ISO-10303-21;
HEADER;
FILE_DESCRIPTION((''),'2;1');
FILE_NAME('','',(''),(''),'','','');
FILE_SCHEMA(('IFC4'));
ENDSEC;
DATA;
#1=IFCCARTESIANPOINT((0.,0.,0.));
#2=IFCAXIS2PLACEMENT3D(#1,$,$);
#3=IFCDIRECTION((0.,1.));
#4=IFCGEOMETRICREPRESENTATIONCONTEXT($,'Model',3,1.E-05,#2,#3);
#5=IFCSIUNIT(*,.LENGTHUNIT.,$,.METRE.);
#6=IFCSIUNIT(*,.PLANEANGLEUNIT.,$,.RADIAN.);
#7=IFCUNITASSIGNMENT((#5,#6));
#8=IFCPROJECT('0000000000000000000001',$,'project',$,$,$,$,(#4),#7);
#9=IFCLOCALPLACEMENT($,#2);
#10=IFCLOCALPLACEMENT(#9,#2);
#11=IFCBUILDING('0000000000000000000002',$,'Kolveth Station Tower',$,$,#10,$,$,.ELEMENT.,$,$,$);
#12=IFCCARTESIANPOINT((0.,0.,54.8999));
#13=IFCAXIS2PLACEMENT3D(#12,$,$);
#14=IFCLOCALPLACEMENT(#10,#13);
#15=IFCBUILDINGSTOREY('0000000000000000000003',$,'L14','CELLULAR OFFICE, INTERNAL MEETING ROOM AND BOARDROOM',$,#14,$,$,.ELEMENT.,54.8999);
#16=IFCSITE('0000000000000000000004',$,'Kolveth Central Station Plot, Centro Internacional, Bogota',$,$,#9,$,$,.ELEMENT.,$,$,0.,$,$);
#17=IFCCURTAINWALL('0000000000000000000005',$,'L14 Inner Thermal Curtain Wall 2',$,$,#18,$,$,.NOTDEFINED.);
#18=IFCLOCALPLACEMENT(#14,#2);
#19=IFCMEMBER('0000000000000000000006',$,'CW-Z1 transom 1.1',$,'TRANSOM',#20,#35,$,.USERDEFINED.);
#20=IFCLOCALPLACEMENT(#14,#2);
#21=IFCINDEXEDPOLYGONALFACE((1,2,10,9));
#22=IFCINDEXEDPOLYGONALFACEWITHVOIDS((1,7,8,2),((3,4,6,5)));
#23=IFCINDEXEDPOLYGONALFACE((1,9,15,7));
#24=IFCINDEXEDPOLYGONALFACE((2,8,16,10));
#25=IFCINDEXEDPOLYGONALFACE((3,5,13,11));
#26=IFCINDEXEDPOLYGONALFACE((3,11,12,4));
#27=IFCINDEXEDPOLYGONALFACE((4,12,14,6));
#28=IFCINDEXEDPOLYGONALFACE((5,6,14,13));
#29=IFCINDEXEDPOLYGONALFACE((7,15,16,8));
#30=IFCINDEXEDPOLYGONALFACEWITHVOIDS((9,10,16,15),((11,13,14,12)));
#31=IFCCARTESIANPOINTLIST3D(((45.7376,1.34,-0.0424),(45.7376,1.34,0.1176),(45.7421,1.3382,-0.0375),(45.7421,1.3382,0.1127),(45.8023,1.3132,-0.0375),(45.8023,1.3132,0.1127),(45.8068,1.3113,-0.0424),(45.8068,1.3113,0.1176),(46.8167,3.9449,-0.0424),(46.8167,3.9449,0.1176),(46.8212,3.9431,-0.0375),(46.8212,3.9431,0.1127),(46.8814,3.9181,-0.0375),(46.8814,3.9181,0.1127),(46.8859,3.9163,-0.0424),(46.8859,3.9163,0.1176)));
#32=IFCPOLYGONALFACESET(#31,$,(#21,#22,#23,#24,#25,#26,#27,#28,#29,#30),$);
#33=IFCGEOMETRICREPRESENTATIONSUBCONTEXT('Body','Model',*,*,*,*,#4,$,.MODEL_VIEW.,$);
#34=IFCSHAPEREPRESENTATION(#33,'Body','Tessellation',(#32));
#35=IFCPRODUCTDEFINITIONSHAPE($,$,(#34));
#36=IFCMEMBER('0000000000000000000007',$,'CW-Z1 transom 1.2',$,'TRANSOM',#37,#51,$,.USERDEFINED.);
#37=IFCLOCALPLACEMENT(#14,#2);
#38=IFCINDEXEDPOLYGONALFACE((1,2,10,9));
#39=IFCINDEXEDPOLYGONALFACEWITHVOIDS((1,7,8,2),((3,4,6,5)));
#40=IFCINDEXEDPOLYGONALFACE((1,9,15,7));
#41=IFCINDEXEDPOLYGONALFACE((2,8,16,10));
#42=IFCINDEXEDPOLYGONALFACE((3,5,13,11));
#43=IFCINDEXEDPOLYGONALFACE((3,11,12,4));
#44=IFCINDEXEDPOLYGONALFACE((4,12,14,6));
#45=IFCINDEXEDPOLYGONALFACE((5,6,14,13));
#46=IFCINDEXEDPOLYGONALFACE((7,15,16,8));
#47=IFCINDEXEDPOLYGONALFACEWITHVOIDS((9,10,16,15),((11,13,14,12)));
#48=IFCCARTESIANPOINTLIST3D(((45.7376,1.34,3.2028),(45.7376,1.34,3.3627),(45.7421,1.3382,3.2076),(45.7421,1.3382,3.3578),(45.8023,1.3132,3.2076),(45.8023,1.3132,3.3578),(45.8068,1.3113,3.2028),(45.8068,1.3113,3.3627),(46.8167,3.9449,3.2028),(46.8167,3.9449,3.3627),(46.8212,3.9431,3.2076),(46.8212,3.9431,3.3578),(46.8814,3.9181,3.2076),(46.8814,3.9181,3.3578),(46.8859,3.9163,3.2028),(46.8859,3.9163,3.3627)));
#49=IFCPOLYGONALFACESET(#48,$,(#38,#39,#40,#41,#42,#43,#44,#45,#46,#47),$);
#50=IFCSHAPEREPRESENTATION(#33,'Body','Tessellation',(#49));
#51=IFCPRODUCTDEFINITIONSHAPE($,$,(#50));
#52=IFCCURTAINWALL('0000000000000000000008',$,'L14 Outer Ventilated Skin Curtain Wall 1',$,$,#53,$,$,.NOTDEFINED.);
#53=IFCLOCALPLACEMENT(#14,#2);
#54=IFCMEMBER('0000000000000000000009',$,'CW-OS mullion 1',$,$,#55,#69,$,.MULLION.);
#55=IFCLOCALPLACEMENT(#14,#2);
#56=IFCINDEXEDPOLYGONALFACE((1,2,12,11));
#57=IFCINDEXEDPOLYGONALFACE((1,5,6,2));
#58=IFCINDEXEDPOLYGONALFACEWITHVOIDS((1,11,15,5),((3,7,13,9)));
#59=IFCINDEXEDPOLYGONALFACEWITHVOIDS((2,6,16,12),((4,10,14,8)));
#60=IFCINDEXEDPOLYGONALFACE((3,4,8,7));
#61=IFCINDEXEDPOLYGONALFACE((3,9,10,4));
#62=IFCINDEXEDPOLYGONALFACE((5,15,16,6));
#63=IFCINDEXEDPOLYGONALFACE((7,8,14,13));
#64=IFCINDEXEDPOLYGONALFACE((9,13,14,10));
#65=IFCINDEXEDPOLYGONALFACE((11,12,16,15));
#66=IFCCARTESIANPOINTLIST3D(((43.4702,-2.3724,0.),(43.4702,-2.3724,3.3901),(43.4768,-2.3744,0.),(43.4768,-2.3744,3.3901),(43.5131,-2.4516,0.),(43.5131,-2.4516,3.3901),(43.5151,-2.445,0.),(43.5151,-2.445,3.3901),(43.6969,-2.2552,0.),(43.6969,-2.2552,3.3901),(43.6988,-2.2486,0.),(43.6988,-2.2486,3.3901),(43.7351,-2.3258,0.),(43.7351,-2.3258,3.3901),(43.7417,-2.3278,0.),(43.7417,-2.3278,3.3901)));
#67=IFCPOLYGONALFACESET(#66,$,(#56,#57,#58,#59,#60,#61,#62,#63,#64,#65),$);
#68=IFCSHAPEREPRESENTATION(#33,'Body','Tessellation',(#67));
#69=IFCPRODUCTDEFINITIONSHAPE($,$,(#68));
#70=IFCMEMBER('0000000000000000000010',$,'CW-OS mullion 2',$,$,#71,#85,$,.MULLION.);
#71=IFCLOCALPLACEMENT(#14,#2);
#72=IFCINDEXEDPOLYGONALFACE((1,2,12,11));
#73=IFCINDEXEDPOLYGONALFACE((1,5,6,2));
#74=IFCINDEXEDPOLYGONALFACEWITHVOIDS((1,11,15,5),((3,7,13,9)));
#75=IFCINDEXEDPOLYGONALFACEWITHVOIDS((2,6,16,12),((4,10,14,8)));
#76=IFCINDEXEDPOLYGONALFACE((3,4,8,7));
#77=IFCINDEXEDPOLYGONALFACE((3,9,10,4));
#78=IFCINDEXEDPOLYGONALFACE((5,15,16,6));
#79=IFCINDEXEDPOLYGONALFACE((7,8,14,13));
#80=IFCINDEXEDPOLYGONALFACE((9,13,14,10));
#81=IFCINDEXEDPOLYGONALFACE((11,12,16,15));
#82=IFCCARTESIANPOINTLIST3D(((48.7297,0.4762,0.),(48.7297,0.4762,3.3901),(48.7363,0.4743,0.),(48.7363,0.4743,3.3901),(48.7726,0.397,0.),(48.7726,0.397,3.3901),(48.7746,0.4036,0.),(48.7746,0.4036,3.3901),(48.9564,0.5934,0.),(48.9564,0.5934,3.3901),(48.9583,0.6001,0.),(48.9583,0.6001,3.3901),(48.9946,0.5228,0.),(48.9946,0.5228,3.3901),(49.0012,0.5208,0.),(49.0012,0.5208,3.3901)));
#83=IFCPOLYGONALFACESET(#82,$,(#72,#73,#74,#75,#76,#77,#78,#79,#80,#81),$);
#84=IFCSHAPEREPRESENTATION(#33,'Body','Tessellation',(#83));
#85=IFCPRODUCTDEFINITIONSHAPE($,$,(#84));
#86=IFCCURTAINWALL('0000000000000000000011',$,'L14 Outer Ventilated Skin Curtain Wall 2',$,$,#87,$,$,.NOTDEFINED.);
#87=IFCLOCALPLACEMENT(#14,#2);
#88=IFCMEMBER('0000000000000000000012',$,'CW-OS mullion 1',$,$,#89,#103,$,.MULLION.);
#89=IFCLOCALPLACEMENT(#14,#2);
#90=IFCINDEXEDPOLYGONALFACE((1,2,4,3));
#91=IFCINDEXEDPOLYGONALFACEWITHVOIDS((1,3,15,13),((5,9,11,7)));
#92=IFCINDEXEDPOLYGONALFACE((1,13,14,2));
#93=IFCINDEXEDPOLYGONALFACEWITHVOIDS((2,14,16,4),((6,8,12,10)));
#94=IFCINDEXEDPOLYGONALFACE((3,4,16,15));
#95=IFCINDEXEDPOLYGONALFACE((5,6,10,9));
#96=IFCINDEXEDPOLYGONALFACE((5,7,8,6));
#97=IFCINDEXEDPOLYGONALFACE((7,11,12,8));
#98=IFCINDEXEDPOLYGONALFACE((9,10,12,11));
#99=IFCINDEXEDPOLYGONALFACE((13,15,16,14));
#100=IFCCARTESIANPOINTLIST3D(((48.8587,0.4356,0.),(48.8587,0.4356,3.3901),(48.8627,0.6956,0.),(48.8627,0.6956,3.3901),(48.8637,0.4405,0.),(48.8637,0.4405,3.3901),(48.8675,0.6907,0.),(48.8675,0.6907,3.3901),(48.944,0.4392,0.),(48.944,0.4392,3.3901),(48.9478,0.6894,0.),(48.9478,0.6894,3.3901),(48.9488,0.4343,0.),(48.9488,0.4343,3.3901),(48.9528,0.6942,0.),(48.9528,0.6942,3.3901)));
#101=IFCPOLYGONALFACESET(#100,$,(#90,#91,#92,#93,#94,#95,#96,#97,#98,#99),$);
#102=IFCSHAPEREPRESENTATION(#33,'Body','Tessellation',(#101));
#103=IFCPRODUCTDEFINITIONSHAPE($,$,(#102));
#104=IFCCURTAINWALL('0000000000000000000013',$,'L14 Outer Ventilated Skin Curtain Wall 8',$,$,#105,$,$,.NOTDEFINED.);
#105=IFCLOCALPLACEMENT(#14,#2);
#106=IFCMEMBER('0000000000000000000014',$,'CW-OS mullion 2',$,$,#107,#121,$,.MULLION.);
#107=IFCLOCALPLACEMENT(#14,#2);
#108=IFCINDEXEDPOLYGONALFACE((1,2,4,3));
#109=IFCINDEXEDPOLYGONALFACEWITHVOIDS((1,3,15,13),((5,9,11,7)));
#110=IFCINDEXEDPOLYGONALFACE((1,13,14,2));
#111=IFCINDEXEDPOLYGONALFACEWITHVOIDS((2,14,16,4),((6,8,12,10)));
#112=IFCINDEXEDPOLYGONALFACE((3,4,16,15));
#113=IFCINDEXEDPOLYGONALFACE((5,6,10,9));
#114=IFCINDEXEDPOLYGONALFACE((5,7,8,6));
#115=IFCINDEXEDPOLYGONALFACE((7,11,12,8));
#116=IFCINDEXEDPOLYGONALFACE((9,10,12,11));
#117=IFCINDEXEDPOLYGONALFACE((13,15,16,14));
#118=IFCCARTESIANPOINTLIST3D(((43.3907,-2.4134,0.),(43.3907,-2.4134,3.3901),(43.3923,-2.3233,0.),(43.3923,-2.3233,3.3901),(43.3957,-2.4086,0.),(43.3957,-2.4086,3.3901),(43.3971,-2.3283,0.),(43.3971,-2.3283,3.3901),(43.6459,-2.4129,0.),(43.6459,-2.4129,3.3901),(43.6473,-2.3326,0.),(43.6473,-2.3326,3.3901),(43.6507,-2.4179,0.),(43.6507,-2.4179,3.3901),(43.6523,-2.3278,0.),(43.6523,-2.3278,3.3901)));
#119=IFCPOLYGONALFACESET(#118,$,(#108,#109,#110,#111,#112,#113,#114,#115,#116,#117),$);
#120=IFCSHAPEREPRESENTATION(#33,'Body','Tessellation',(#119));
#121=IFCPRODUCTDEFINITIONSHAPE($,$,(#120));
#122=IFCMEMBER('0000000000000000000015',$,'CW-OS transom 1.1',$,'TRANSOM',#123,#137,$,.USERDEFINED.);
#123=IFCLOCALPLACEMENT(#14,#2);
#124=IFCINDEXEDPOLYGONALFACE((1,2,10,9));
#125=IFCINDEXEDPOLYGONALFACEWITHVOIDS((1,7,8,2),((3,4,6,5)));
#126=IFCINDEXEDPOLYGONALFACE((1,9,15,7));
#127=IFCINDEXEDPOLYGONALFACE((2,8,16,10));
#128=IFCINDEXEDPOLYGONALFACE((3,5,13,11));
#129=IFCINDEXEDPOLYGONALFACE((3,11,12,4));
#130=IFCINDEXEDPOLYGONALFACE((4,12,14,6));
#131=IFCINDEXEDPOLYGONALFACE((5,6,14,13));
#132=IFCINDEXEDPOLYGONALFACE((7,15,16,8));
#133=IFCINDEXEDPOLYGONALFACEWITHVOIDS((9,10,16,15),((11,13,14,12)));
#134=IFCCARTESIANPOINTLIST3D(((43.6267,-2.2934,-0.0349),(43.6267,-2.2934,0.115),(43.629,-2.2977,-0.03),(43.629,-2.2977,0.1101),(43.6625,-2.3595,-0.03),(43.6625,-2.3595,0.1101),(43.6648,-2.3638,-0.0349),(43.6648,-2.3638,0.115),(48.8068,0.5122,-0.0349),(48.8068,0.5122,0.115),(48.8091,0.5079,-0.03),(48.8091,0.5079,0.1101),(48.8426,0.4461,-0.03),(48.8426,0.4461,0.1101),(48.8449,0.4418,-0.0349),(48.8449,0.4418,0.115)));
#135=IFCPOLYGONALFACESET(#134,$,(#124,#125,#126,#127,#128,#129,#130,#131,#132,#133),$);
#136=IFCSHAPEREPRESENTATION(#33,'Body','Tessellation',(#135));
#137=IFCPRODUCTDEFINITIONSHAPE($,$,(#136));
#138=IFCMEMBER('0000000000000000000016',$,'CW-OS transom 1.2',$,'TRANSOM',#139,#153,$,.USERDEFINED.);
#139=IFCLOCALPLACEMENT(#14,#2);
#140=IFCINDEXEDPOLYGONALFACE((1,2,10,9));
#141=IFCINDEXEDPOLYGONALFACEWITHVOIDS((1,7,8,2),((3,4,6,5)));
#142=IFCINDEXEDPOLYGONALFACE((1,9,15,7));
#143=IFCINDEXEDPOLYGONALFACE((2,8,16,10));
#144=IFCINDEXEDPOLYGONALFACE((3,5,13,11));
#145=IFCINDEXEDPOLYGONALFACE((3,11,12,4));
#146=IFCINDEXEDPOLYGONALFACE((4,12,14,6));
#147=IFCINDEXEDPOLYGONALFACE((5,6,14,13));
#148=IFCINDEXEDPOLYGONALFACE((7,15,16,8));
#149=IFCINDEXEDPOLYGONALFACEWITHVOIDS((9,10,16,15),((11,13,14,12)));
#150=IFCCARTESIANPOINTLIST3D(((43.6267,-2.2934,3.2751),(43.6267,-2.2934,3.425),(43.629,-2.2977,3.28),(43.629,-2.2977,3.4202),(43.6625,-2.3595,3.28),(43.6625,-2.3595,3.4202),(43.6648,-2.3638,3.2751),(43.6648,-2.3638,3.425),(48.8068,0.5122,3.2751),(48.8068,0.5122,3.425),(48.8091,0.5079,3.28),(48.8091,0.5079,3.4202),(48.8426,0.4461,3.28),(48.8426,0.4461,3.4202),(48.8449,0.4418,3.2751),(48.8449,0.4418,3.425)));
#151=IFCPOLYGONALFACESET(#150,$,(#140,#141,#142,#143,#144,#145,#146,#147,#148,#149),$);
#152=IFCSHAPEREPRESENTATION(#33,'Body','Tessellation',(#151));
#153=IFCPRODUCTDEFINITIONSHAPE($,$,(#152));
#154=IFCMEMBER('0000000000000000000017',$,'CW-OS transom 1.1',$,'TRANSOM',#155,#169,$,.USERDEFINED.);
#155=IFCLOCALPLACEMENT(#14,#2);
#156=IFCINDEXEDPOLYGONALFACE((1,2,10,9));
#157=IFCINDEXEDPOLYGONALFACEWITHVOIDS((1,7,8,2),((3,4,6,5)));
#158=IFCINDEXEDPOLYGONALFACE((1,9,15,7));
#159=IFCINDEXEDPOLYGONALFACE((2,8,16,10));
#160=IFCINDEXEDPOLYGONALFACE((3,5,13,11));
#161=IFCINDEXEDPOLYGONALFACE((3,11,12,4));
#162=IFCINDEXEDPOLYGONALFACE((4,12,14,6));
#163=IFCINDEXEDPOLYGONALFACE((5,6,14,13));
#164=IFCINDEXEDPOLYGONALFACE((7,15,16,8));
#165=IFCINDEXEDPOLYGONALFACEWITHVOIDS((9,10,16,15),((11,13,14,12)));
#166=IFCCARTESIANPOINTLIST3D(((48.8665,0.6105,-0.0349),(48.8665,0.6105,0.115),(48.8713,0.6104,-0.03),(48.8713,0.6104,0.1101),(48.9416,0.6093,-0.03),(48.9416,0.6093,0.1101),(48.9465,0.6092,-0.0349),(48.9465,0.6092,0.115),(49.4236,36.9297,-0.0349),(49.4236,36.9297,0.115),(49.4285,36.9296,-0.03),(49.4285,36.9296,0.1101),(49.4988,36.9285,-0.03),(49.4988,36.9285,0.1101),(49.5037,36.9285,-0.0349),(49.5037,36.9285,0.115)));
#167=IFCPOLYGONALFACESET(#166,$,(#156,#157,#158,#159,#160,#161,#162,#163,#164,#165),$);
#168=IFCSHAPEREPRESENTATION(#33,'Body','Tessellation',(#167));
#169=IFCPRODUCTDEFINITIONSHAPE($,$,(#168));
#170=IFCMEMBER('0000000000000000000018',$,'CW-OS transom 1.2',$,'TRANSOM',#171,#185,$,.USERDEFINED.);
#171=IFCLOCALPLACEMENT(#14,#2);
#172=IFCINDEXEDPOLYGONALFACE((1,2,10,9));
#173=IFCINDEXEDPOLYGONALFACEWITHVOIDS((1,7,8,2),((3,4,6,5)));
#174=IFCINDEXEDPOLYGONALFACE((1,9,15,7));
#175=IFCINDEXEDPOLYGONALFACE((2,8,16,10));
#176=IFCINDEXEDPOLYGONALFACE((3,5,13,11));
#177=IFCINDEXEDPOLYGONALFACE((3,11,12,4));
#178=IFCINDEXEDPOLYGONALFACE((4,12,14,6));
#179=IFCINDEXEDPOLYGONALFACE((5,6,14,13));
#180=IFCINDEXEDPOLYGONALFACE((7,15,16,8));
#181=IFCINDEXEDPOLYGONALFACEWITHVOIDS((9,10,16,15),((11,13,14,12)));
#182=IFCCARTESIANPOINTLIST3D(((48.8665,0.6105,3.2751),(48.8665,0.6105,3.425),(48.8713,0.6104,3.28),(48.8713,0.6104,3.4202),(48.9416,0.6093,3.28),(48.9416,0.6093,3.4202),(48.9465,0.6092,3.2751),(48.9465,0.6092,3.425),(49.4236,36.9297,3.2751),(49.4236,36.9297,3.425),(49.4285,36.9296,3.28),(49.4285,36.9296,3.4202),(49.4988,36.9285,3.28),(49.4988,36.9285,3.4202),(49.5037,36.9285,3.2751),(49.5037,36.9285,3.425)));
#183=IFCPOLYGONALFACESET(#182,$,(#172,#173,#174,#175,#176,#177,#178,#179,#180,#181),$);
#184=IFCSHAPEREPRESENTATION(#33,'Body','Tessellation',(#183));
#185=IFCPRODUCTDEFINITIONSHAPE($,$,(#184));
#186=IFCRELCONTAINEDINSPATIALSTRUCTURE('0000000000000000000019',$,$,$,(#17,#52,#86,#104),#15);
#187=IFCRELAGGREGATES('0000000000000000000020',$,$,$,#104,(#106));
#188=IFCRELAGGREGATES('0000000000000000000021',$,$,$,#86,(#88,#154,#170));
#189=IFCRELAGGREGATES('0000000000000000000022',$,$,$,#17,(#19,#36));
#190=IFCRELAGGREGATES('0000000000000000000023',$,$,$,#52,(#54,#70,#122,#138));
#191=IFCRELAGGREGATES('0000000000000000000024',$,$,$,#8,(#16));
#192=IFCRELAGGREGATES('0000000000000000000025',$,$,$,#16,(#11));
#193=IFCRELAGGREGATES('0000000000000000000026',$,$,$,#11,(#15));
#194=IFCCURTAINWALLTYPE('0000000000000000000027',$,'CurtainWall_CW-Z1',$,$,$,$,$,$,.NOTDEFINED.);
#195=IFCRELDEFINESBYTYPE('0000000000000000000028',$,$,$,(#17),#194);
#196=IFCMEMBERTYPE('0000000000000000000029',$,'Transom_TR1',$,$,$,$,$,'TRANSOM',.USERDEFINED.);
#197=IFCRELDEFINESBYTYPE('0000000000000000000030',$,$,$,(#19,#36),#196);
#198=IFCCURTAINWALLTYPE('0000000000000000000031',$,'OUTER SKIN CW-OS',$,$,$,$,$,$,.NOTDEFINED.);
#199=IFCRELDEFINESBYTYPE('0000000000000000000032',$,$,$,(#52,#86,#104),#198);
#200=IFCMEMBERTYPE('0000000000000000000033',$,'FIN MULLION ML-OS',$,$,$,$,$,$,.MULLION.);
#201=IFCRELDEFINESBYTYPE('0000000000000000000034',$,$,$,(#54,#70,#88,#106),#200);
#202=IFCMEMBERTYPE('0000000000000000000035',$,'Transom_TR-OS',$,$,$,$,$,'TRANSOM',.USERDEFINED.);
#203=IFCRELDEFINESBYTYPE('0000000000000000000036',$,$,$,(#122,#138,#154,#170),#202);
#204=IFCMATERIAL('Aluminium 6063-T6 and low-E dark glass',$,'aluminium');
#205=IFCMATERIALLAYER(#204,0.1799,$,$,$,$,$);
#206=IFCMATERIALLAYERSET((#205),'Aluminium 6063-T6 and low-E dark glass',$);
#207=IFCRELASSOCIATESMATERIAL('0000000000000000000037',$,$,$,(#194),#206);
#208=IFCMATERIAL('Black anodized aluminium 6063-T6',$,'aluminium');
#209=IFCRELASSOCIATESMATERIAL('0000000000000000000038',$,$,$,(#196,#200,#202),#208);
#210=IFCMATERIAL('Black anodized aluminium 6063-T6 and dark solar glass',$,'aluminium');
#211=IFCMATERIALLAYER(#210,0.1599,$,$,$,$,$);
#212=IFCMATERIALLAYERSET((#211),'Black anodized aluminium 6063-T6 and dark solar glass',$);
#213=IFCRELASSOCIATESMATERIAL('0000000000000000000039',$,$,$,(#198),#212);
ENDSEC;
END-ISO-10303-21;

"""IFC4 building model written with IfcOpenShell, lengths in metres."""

from ifc_helpers import new_model, si_unit, direction, frame, origin, origin_2d, place, context, subcontext, project, spatial, hollow_rectangle, extrude, source, transform, mapped, material, layer, layer_set, material_profile, profile_set, type_object, element, aggregate, save


model = new_model("IFC4")

# Units and contexts
model_context = context("Model", 3, precision=1e-05, world=origin(), true_north=direction((0.0, 1.0)))
body_context = subcontext(model_context, "Body", "Model", "MODEL_VIEW")
ifc_project = project(units=[si_unit("LENGTHUNIT", "METRE"), si_unit("PLANEANGLEUNIT", "RADIAN")], contexts=[model_context])

# Site, building, storey
site_placement = place(None, origin())
site = spatial("IfcSite", under=ifc_project, at=site_placement, Name="Kolveth Central Station Plot, Centro Internacional, Bogota", CompositionType="ELEMENT", RefElevation=0.0)
building_placement = place(site_placement, origin())
building = spatial("IfcBuilding", under=site, at=building_placement, Name="Kolveth Station Tower", CompositionType="ELEMENT")
storey_placement = place(building_placement, frame((0.0, 0.0, 54.8999)))
storey = spatial("IfcBuildingStorey", under=building, at=storey_placement, Name="L14", Description="CELLULAR OFFICE, INTERNAL MEETING ROOM AND BOARDROOM", CompositionType="ELEMENT", Elevation=54.8999)

# Curtain wall
ifc_material_1 = material(Name="Aluminium 6063-T6 and low-E dark glass", Category="aluminium")
ifc_layer_1 = layer(ifc_material_1, 0.1799)
ifc_layer_set_1 = layer_set([ifc_layer_1], Name="Aluminium 6063-T6 and low-E dark glass")
curtain_wall_type_1 = type_object("IfcCurtainWallType", Name="CurtainWall_CW-Z1", PredefinedType="NOTDEFINED", material=ifc_layer_set_1)
ifc_material_2 = material(Name="Black anodized aluminium 6063-T6", Category="aluminium")
curtain_wall_1_placement = place(storey_placement, origin())
curtain_wall_1 = element("IfcCurtainWall", 1, at=curtain_wall_1_placement, inside=storey, type_object=curtain_wall_type_1, Name="L14 Inner Thermal Curtain Wall 2", PredefinedType="NOTDEFINED")

# Members
ifc_material_profile_1 = material_profile(ifc_material_2, hollow_rectangle(XDim=0.075, YDim=0.1599, WallThickness=0.0049, at=origin_2d()), Name="ALU-75x160x5")
ifc_profile_set_1 = profile_set([ifc_material_profile_1], Name="Black anodized aluminium 6063-T6")
member_type_1 = type_object("IfcMemberType", Name="Transom_TR1", ElementType="TRANSOM", PredefinedType="USERDEFINED", material=ifc_profile_set_1)
shared_shape_1 = source(origin(), body_context, "Body", "SweptSolid", [
    extrude(hollow_rectangle(XDim=0.075, YDim=0.1599, WallThickness=0.0049, at=origin_2d()), origin(), (0.0, 0.0, 1.0), 2.8196),
])
member_1_placement = place(storey_placement, frame((45.7722, 1.3257, 0.0376), z_axis=(0.382709, 0.923869, 0.0), x_axis=(-0.923869, 0.382709, 0.0)))
member_1 = element("IfcMember", 2, at=member_1_placement, type_object=member_type_1, Name="CW-Z1 transom 1.1", ObjectType="TRANSOM", PredefinedType="USERDEFINED", context=body_context, shape_type="MappedRepresentation", body=[
    mapped(shared_shape_1, transform((0.0, 0.0, 0.0), x_axis=(1.0, 0.0, 0.0), y_axis=(0.0, 1.0, 0.0), z_axis=(0.0, 0.0, 1.0), scale=1.0)),
])
member_2_placement = place(storey_placement, frame((45.7722, 1.3257, 3.2827), z_axis=(0.382709, 0.923869, 0.0), x_axis=(-0.923869, 0.382709, 0.0)))
member_2 = element("IfcMember", 3, at=member_2_placement, type_object=member_type_1, Name="CW-Z1 transom 1.2", ObjectType="TRANSOM", PredefinedType="USERDEFINED", context=body_context, shape_type="MappedRepresentation", body=[
    mapped(shared_shape_1, transform((0.0, 0.0, 0.0), x_axis=(1.0, 0.0, 0.0), y_axis=(0.0, 1.0, 0.0), z_axis=(0.0, 0.0, 1.0), scale=1.0)),
])

# Curtain wall, members
ifc_material_3 = material(Name="Black anodized aluminium 6063-T6 and dark solar glass", Category="aluminium")
ifc_layer_2 = layer(ifc_material_3, 0.1599)
ifc_layer_set_2 = layer_set([ifc_layer_2], Name="Black anodized aluminium 6063-T6 and dark solar glass")
curtain_wall_type_2 = type_object("IfcCurtainWallType", Name="OUTER SKIN CW-OS", PredefinedType="NOTDEFINED", material=ifc_layer_set_2)
curtain_wall_2_placement = place(storey_placement, origin())
curtain_wall_2 = element("IfcCurtainWall", 4, at=curtain_wall_2_placement, inside=storey, type_object=curtain_wall_type_2, Name="L14 Outer Ventilated Skin Curtain Wall 1", PredefinedType="NOTDEFINED")
ifc_material_profile_2 = material_profile(ifc_material_2, hollow_rectangle(XDim=0.0901, YDim=0.26, WallThickness=0.0049, at=origin_2d()), Name="ALU-90x260x5")
ifc_profile_set_2 = profile_set([ifc_material_profile_2], Name="Black anodized aluminium 6063-T6")
member_type_2 = type_object("IfcMemberType", Name="FIN MULLION ML-OS", PredefinedType="MULLION", material=ifc_profile_set_2)
shared_shape_2 = source(origin(), body_context, "Body", "SweptSolid", [
    extrude(hollow_rectangle(XDim=0.0901, YDim=0.26, WallThickness=0.0049, at=origin_2d()), origin(), (0.0, 0.0, 1.0), 3.3901),
])
member_3_placement = place(storey_placement, frame((43.606, -2.3501, 0.0), z_axis=(0.0, 0.0, 1.0), x_axis=(-0.47624, 0.879316, 0.0)))
member_3 = element("IfcMember", 5, at=member_3_placement, type_object=member_type_2, Name="CW-OS mullion 1", PredefinedType="MULLION", context=body_context, shape_type="MappedRepresentation", body=[
    mapped(shared_shape_2, transform((0.0, 0.0, 0.0), x_axis=(1.0, 0.0, 0.0), y_axis=(0.0, 1.0, 0.0), z_axis=(0.0, 0.0, 1.0), scale=1.0)),
])
member_4_placement = place(storey_placement, frame((48.8655, 0.4985, 0.0), z_axis=(0.0, 0.0, 1.0), x_axis=(-0.47624, 0.879316, 0.0)))
member_4 = element("IfcMember", 6, at=member_4_placement, type_object=member_type_2, Name="CW-OS mullion 2", PredefinedType="MULLION", context=body_context, shape_type="MappedRepresentation", body=[
    mapped(shared_shape_2, transform((0.0, 0.0, 0.0), x_axis=(1.0, 0.0, 0.0), y_axis=(0.0, 1.0, 0.0), z_axis=(0.0, 0.0, 1.0), scale=1.0)),
])

# Curtain walls, members
curtain_wall_3_placement = place(storey_placement, origin())
curtain_wall_3 = element("IfcCurtainWall", 7, at=curtain_wall_3_placement, inside=storey, type_object=curtain_wall_type_2, Name="L14 Outer Ventilated Skin Curtain Wall 2", PredefinedType="NOTDEFINED")
member_5_placement = place(storey_placement, frame((48.9058, 0.5649, 0.0), z_axis=(0.0, 0.0, 1.0), x_axis=(-0.999882, 0.015341, 0.0)))
member_5 = element("IfcMember", 8, at=member_5_placement, type_object=member_type_2, Name="CW-OS mullion 1", PredefinedType="MULLION", context=body_context, shape_type="MappedRepresentation", body=[
    mapped(shared_shape_2, transform((0.0, 0.0, 0.0), x_axis=(1.0, 0.0, 0.0), y_axis=(0.0, 1.0, 0.0), z_axis=(0.0, 0.0, 1.0), scale=1.0)),
])
curtain_wall_4_placement = place(storey_placement, origin())
curtain_wall_4 = element("IfcCurtainWall", 9, at=curtain_wall_4_placement, inside=storey, type_object=curtain_wall_type_2, Name="L14 Outer Ventilated Skin Curtain Wall 8", PredefinedType="NOTDEFINED")
member_6_placement = place(storey_placement, frame((43.5215, -2.3706, 0.0), z_axis=(0.0, 0.0, 1.0), x_axis=(0.017339, 0.99985, 0.0)))
member_6 = element("IfcMember", 10, at=member_6_placement, type_object=member_type_2, Name="CW-OS mullion 2", PredefinedType="MULLION", context=body_context, shape_type="MappedRepresentation", body=[
    mapped(shared_shape_2, transform((0.0, 0.0, 0.0), x_axis=(1.0, 0.0, 0.0), y_axis=(0.0, 1.0, 0.0), z_axis=(0.0, 0.0, 1.0), scale=1.0)),
])
aggregate(curtain_wall_4, [member_6])

# Members
ifc_material_profile_3 = material_profile(ifc_material_2, hollow_rectangle(XDim=0.0801, YDim=0.1499, WallThickness=0.0049, at=origin_2d()), Name="ALU-80x150x5")
ifc_profile_set_3 = profile_set([ifc_material_profile_3], Name="Black anodized aluminium 6063-T6")
member_type_3 = type_object("IfcMemberType", Name="Transom_TR-OS", ElementType="TRANSOM", PredefinedType="USERDEFINED", material=ifc_profile_set_3)
shared_shape_3 = source(origin(), body_context, "Body", "SweptSolid", [
    extrude(hollow_rectangle(XDim=0.0801, YDim=0.1499, WallThickness=0.0049, at=origin_2d()), origin(), (0.0, 0.0, 1.0), 5.8911),
])
member_7_placement = place(storey_placement, frame((43.6458, -2.3286, 0.04), z_axis=(0.879311, 0.476248, 0.0), x_axis=(-0.476248, 0.879311, 0.0)))
member_7 = element("IfcMember", 11, at=member_7_placement, type_object=member_type_3, Name="CW-OS transom 1.1", ObjectType="TRANSOM", PredefinedType="USERDEFINED", context=body_context, shape_type="MappedRepresentation", body=[
    mapped(shared_shape_3, transform((0.0, 0.0, 0.0), x_axis=(1.0, 0.0, 0.0), y_axis=(0.0, 1.0, 0.0), z_axis=(0.0, 0.0, 1.0), scale=1.0)),
])
member_8_placement = place(storey_placement, frame((43.6458, -2.3286, 3.3501), z_axis=(0.879311, 0.476248, 0.0), x_axis=(-0.476248, 0.879311, 0.0)))
member_8 = element("IfcMember", 12, at=member_8_placement, type_object=member_type_3, Name="CW-OS transom 1.2", ObjectType="TRANSOM", PredefinedType="USERDEFINED", context=body_context, shape_type="MappedRepresentation", body=[
    mapped(shared_shape_3, transform((0.0, 0.0, 0.0), x_axis=(1.0, 0.0, 0.0), y_axis=(0.0, 1.0, 0.0), z_axis=(0.0, 0.0, 1.0), scale=1.0)),
])
shared_shape_4 = source(origin(), body_context, "Body", "SweptSolid", [
    extrude(hollow_rectangle(XDim=0.0801, YDim=0.1499, WallThickness=0.0049, at=origin_2d()), origin(), (0.0, 0.0, 1.0), 36.3235),
])
member_9_placement = place(storey_placement, frame((48.9065, 0.6099, 0.04), z_axis=(0.015338, 0.999882, 0.0), x_axis=(-0.999882, 0.015338, 0.0)))
member_9 = element("IfcMember", 13, at=member_9_placement, type_object=member_type_3, Name="CW-OS transom 1.1", ObjectType="TRANSOM", PredefinedType="USERDEFINED", context=body_context, shape_type="MappedRepresentation", body=[
    mapped(shared_shape_4, transform((0.0, 0.0, 0.0), x_axis=(1.0, 0.0, 0.0), y_axis=(0.0, 1.0, 0.0), z_axis=(0.0, 0.0, 1.0), scale=1.0)),
])
member_10_placement = place(storey_placement, frame((48.9065, 0.6099, 3.3501), z_axis=(0.015338, 0.999882, 0.0), x_axis=(-0.999882, 0.015338, 0.0)))
member_10 = element("IfcMember", 14, at=member_10_placement, type_object=member_type_3, Name="CW-OS transom 1.2", ObjectType="TRANSOM", PredefinedType="USERDEFINED", context=body_context, shape_type="MappedRepresentation", body=[
    mapped(shared_shape_4, transform((0.0, 0.0, 0.0), x_axis=(1.0, 0.0, 0.0), y_axis=(0.0, 1.0, 0.0), z_axis=(0.0, 0.0, 1.0), scale=1.0)),
])
aggregate(curtain_wall_3, [member_5, member_9, member_10])

aggregate(curtain_wall_1, [member_1, member_2])
aggregate(curtain_wall_2, [member_3, member_4, member_7, member_8])

save(model, "model.ifc")
